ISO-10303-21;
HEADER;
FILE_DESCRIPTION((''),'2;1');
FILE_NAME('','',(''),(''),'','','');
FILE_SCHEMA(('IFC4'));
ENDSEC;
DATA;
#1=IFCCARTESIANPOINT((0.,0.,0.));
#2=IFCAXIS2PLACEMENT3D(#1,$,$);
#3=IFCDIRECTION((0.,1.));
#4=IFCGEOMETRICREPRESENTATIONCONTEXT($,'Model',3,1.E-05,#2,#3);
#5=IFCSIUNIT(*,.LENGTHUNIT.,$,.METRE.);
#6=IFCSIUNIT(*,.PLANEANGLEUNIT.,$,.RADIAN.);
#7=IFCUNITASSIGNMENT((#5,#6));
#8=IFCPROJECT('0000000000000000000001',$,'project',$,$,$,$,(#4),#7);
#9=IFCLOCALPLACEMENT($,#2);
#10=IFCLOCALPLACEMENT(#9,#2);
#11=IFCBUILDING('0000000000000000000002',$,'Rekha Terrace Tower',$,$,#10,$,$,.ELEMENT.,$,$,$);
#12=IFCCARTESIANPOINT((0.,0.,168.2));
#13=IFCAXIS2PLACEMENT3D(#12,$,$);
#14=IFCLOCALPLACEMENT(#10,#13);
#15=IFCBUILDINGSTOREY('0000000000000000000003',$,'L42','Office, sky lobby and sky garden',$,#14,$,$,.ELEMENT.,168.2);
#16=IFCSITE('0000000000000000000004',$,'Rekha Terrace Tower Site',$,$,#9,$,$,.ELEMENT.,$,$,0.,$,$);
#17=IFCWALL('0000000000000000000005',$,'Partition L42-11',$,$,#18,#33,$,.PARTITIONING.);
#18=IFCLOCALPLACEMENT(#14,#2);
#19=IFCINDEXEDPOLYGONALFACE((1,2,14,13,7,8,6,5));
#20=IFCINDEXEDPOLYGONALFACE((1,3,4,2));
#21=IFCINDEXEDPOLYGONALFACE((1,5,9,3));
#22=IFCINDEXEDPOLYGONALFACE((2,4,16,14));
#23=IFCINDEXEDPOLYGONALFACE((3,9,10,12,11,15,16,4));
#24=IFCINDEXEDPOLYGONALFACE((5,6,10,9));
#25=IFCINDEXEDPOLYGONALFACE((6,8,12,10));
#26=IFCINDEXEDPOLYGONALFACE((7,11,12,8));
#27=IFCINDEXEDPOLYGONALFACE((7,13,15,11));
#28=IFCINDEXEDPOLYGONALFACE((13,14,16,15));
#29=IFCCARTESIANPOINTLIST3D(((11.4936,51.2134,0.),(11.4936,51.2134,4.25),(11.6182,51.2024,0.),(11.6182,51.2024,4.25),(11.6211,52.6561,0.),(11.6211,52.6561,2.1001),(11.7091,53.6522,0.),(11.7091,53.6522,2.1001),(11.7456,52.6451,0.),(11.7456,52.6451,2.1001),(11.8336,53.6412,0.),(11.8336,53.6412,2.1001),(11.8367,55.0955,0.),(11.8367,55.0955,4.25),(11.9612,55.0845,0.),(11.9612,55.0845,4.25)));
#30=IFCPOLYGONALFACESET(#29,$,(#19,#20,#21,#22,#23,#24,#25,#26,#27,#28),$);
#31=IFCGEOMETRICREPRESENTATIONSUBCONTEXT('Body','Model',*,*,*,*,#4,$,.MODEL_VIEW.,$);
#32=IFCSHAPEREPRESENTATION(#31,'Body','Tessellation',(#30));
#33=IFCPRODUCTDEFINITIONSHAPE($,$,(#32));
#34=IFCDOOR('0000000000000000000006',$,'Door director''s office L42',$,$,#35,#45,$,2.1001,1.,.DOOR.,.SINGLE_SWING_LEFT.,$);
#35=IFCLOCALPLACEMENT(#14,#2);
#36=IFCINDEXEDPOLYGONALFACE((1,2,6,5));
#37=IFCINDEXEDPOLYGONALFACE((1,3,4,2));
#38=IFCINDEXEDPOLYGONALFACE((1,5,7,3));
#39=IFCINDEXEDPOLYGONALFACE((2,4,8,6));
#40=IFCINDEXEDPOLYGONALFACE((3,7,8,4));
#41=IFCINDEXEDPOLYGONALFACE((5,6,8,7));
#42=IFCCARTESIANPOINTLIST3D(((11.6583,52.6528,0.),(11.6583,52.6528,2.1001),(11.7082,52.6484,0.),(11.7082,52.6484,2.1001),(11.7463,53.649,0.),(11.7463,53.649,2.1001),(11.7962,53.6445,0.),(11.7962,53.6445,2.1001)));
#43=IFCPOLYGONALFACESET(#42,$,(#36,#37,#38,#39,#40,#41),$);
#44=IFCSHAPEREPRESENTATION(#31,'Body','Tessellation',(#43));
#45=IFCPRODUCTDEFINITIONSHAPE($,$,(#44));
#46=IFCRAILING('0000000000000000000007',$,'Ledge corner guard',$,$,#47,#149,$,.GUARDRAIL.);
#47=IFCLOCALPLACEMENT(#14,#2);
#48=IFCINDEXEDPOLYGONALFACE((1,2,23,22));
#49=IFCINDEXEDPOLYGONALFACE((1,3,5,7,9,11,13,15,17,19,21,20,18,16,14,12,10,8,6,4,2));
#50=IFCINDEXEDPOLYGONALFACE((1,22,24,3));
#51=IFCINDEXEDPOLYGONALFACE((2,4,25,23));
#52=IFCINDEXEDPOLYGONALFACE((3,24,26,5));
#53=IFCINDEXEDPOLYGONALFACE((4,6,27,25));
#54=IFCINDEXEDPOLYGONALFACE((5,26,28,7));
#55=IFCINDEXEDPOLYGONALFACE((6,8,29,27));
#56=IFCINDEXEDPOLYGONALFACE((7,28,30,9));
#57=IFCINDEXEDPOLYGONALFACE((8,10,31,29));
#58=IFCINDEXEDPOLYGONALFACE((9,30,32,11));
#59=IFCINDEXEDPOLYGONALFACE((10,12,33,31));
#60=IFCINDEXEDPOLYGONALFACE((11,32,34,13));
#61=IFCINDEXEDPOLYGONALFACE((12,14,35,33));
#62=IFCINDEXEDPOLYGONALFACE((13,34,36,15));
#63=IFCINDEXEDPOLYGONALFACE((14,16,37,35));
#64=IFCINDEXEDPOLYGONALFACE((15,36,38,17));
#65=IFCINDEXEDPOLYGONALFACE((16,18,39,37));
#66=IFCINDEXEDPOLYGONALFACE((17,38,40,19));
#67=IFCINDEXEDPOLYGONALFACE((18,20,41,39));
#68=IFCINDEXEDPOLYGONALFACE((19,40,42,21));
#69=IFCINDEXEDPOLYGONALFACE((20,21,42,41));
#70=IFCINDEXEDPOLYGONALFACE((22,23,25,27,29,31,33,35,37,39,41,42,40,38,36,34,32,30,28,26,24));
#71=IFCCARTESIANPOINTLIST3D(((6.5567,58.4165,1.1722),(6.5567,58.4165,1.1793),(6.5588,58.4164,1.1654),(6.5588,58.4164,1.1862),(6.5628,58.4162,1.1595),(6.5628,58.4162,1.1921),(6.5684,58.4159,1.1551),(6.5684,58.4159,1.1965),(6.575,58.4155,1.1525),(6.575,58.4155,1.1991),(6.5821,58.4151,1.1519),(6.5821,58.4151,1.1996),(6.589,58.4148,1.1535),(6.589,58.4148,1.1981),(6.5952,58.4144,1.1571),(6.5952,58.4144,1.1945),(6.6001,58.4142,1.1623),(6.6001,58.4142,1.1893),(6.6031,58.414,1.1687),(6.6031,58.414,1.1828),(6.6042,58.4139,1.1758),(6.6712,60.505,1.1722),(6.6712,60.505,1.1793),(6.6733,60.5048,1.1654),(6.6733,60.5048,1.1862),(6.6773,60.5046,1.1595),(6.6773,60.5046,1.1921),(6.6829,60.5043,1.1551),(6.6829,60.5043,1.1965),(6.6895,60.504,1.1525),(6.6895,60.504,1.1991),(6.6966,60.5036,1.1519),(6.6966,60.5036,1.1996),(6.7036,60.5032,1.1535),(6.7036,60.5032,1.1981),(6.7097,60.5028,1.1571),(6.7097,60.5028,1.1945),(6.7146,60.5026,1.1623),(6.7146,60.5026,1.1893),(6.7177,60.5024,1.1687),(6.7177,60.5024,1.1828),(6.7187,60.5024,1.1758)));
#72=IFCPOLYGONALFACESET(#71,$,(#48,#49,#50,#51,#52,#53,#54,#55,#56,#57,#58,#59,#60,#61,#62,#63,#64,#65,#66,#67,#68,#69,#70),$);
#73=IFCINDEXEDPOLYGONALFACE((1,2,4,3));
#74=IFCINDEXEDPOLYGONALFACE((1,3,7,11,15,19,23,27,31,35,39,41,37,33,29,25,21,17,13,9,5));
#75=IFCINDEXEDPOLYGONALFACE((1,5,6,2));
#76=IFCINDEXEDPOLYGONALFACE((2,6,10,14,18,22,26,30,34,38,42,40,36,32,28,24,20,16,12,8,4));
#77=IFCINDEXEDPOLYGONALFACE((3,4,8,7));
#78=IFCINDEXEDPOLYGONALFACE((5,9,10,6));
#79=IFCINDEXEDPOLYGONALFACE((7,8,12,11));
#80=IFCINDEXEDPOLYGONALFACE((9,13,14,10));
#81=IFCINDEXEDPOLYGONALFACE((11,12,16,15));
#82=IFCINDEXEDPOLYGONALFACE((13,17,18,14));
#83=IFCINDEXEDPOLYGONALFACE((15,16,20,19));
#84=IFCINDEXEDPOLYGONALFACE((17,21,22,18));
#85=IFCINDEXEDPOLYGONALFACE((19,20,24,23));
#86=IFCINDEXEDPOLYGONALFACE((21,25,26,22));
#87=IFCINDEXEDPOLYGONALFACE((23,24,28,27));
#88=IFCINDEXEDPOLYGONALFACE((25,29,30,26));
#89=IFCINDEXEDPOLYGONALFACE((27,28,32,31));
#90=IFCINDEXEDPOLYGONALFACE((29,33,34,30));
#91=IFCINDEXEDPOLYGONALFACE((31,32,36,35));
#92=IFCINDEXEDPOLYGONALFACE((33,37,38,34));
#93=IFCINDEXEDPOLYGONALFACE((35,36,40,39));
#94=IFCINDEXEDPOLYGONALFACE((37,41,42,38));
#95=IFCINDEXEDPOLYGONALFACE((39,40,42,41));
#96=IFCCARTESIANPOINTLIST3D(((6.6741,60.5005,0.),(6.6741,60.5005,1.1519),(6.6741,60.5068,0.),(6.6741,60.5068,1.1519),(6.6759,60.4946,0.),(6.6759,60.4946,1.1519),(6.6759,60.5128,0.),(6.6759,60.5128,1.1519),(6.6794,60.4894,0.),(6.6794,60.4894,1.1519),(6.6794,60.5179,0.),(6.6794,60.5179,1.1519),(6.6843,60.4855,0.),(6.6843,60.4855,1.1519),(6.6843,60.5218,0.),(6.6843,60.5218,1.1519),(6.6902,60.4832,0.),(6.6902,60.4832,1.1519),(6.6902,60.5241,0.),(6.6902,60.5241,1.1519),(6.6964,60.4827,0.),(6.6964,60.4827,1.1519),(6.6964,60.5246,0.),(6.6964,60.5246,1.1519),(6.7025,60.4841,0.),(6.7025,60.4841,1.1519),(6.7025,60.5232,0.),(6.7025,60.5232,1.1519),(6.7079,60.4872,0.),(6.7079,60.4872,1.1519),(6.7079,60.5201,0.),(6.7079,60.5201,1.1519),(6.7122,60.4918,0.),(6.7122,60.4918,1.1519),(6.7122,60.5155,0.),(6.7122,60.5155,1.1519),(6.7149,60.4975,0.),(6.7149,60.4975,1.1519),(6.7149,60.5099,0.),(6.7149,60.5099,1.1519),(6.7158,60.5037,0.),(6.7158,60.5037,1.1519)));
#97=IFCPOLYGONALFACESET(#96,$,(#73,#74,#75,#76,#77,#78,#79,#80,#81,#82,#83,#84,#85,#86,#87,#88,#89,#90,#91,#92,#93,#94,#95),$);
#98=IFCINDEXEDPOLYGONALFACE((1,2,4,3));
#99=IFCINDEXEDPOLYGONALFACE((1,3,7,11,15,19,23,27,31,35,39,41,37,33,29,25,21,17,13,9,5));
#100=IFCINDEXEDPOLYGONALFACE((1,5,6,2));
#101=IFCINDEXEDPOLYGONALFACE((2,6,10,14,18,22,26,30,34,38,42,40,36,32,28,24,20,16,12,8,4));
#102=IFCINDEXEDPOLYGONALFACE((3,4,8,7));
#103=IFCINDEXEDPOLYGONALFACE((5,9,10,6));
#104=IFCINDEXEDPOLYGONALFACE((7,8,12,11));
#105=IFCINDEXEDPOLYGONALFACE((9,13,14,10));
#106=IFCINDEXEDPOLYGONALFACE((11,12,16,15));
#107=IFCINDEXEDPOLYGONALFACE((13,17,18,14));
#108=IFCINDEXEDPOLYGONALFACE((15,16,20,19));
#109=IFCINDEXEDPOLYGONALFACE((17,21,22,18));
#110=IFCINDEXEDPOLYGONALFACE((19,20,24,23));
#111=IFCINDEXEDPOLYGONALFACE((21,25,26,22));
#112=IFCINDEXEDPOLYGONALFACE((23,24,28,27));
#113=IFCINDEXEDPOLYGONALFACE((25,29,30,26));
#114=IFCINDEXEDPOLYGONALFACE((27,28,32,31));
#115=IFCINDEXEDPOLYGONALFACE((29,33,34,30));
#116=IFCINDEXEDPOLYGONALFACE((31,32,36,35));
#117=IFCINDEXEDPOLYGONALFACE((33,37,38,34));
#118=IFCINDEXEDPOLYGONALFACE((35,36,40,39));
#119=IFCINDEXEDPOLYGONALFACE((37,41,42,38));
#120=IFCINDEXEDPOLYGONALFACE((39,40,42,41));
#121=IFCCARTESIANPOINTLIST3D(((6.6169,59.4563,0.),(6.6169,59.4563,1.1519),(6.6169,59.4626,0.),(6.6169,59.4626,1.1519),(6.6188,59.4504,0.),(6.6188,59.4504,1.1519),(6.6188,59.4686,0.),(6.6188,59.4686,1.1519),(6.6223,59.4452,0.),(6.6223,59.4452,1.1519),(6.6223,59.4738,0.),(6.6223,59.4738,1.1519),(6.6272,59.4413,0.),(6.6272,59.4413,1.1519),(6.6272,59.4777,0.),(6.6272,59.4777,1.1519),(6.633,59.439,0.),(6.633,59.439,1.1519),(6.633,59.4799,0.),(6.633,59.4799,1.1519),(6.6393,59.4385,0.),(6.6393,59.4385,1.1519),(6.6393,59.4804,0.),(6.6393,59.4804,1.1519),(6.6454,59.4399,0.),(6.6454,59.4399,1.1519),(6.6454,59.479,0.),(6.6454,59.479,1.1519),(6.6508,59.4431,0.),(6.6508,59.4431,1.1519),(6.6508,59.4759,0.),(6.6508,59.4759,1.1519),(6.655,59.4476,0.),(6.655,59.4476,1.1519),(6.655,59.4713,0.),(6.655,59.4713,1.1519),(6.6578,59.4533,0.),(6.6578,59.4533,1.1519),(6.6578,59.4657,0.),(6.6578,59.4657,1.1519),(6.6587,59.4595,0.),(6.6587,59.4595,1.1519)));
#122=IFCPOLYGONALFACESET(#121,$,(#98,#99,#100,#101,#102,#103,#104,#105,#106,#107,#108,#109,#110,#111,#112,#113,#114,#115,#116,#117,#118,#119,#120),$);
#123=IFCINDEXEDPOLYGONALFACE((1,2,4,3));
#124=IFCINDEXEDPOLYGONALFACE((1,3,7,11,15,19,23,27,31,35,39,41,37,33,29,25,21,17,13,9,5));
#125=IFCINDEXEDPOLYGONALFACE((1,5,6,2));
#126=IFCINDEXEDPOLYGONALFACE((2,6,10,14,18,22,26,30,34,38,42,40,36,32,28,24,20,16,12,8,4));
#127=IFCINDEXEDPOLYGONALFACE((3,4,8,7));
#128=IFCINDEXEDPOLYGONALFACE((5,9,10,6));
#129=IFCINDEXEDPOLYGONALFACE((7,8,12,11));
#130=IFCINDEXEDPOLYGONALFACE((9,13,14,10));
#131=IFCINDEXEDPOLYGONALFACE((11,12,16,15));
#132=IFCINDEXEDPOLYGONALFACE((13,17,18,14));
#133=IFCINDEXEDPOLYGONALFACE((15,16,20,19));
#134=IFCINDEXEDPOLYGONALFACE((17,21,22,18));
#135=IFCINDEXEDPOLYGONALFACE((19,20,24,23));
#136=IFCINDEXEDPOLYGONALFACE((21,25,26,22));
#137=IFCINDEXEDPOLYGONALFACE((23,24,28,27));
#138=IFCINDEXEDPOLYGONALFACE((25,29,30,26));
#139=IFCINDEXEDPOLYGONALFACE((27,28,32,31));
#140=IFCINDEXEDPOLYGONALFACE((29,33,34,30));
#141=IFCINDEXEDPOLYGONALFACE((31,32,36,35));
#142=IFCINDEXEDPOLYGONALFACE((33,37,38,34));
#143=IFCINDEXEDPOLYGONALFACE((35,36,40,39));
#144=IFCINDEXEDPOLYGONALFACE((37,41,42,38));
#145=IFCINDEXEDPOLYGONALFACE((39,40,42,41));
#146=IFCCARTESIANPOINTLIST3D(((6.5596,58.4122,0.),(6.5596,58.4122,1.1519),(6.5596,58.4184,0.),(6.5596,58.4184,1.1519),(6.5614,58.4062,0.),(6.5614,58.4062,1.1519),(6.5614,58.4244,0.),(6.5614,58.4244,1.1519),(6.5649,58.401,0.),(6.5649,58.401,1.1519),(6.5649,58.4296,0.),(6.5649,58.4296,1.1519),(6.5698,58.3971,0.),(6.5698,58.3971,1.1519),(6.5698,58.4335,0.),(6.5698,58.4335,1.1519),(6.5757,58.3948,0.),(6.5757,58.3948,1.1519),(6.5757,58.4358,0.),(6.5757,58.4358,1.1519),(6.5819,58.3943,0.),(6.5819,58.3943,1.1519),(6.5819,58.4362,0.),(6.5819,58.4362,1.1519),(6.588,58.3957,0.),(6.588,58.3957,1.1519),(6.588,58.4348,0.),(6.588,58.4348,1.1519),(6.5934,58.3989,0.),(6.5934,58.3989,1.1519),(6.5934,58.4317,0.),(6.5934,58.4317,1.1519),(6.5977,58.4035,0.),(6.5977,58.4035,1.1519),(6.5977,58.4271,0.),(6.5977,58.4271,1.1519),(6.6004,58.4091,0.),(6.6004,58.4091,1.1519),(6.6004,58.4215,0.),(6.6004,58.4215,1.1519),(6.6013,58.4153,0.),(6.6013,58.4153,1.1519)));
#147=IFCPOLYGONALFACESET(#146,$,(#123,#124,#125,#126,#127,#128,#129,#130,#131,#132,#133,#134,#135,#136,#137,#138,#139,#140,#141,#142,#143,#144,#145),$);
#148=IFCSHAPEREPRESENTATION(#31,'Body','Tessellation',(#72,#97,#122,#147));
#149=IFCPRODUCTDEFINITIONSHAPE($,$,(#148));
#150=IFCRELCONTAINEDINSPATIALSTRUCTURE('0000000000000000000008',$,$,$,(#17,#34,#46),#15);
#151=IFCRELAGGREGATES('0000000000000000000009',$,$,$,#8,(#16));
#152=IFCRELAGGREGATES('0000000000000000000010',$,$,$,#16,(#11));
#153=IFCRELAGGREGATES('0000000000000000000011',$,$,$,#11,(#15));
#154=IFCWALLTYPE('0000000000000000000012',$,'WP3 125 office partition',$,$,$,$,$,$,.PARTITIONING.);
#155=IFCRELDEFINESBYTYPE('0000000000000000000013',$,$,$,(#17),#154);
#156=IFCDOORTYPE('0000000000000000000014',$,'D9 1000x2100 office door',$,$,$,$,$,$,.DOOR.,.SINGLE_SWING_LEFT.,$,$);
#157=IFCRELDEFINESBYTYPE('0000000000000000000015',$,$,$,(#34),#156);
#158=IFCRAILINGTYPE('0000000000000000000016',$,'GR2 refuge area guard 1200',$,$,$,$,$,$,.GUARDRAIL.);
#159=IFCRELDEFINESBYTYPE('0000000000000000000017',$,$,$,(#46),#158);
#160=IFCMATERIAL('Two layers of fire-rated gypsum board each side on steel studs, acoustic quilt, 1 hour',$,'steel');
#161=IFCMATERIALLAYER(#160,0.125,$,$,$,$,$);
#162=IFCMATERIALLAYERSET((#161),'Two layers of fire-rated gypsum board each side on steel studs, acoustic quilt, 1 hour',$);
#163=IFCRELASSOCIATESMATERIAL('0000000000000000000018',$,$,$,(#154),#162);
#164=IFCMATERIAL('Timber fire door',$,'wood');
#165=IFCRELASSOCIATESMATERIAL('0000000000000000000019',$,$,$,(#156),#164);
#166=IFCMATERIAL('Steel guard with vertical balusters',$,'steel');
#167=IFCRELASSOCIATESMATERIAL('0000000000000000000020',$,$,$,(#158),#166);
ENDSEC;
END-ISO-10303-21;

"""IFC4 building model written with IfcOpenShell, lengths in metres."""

from ifc_helpers import new_model, si_unit, direction, frame, frame_2d, origin, origin_2d, place, context, subcontext, project, spatial, rectangle, circle, extrude, material, layer, layer_set, type_object, element, fill, save


model = new_model("IFC4")

# Units and contexts
model_context = context("Model", 3, precision=1e-05, world=origin(), true_north=direction((0.0, 1.0)))
body_context = subcontext(model_context, "Body", "Model", "MODEL_VIEW")
ifc_project = project(units=[si_unit("LENGTHUNIT", "METRE"), si_unit("PLANEANGLEUNIT", "RADIAN")], contexts=[model_context])

# Site, building, storey
site_placement = place(None, origin())
site = spatial("IfcSite", under=ifc_project, at=site_placement, Name="Rekha Terrace Tower Site", CompositionType="ELEMENT", RefElevation=0.0)
building_placement = place(site_placement, origin())
building = spatial("IfcBuilding", under=site, at=building_placement, Name="Rekha Terrace Tower", CompositionType="ELEMENT")
storey_placement = place(building_placement, frame((0.0, 0.0, 168.2)))
storey = spatial("IfcBuildingStorey", under=building, at=storey_placement, Name="L42", Description="Office, sky lobby and sky garden", CompositionType="ELEMENT", Elevation=168.2)

# Shared definitions
ifc_material_1 = material(Name="Two layers of fire-rated gypsum board each side on steel studs, acoustic quilt, 1 hour", Category="steel")
ifc_layer_1 = layer(ifc_material_1, 0.125)
ifc_layer_set_1 = layer_set([ifc_layer_1], Name="Two layers of fire-rated gypsum board each side on steel studs, acoustic quilt, 1 hour")
wall_type = type_object("IfcWallType", Name="WP3 125 office partition", PredefinedType="PARTITIONING", material=ifc_layer_set_1)

# Wall, opening, door
wall_1_placement = place(storey_placement, frame((11.8989, 55.0901, 0.0), z_axis=(0.0, 0.0, 1.0), x_axis=(-0.088016, -0.996119, 0.0)))
wall_1 = element("IfcWall", 1, at=wall_1_placement, inside=storey, type_object=wall_type, Name="Partition L42-11", PredefinedType="PARTITIONING", context=body_context, shape_type="SweptSolid", body=[
    extrude(rectangle(XDim=3.8972, YDim=0.125, at=frame_2d((1.9487, 0.0))), origin(), (0.0, 0.0, 1.0), 4.25),
])
opening_placement = place(wall_1_placement, frame((1.449, 0.0, 0.0)))
opening = element("IfcOpeningElement", 2, at=opening_placement, cuts=wall_1, PredefinedType="OPENING", context=body_context, shape_type="SweptSolid", body=[
    extrude(rectangle(XDim=1.0, YDim=2.1001, at=frame_2d((0.5, 1.05))), frame((0.0, 0.0725, 0.0), z_axis=(0.0, -1.0, 0.0), x_axis=(1.0, 0.0, 0.0)), (0.0, 0.0, 1.0), 0.145),
])
ifc_material_2 = material(Name="Timber fire door", Category="wood")
door_type = type_object("IfcDoorType", Name="D9 1000x2100 office door", OperationType="SINGLE_SWING_LEFT", PredefinedType="DOOR", material=ifc_material_2)
door_placement = place(opening_placement, origin())
door = element("IfcDoor", 3, at=door_placement, inside=storey, type_object=door_type, Name="Door director's office L42", OperationType="SINGLE_SWING_LEFT", OverallHeight=2.1001, OverallWidth=1.0, PredefinedType="DOOR", context=body_context, shape_type="SweptSolid", body=[
    extrude(rectangle(XDim=1.0, YDim=2.1001, at=frame_2d((0.5, 1.05))), frame((0.0, 0.0249, 0.0), z_axis=(0.0, -1.0, 0.0), x_axis=(1.0, 0.0, 0.0)), (0.0, 0.0, 1.0), 0.05),
])
fill(opening, door)

# Railing
ifc_material_3 = material(Name="Steel guard with vertical balusters", Category="steel")
railing_type = type_object("IfcRailingType", Name="GR2 refuge area guard 1200", PredefinedType="GUARDRAIL", material=ifc_material_3)
railing_1_placement = place(storey_placement, frame((6.6948, 60.5037, 0.0)))
element("IfcRailing", 4, at=railing_1_placement, inside=storey, type_object=railing_type, Name="Ledge corner guard", PredefinedType="GUARDRAIL", context=body_context, shape_type="SweptSolid", body=[
    extrude(circle(Radius=0.0239, at=origin_2d()), frame((0.0, 0.0, 1.1758), z_axis=(-0.054746, -0.9985, 0.0), x_axis=(0.9985, -0.054746, 0.0)), (0.0, 0.0, 1.0), 2.0916),
    extrude(circle(Radius=0.021, at=origin_2d()), origin(), (0.0, 0.0, 1.0), 1.1519),
    extrude(circle(Radius=0.021, at=origin_2d()), frame((-0.0571, -1.0442, 0.0)), (0.0, 0.0, 1.0), 1.1519),
    extrude(circle(Radius=0.021, at=origin_2d()), frame((-0.1145, -2.0884, 0.0)), (0.0, 0.0, 1.0), 1.1519),
])

save(model, "model.ifc")
